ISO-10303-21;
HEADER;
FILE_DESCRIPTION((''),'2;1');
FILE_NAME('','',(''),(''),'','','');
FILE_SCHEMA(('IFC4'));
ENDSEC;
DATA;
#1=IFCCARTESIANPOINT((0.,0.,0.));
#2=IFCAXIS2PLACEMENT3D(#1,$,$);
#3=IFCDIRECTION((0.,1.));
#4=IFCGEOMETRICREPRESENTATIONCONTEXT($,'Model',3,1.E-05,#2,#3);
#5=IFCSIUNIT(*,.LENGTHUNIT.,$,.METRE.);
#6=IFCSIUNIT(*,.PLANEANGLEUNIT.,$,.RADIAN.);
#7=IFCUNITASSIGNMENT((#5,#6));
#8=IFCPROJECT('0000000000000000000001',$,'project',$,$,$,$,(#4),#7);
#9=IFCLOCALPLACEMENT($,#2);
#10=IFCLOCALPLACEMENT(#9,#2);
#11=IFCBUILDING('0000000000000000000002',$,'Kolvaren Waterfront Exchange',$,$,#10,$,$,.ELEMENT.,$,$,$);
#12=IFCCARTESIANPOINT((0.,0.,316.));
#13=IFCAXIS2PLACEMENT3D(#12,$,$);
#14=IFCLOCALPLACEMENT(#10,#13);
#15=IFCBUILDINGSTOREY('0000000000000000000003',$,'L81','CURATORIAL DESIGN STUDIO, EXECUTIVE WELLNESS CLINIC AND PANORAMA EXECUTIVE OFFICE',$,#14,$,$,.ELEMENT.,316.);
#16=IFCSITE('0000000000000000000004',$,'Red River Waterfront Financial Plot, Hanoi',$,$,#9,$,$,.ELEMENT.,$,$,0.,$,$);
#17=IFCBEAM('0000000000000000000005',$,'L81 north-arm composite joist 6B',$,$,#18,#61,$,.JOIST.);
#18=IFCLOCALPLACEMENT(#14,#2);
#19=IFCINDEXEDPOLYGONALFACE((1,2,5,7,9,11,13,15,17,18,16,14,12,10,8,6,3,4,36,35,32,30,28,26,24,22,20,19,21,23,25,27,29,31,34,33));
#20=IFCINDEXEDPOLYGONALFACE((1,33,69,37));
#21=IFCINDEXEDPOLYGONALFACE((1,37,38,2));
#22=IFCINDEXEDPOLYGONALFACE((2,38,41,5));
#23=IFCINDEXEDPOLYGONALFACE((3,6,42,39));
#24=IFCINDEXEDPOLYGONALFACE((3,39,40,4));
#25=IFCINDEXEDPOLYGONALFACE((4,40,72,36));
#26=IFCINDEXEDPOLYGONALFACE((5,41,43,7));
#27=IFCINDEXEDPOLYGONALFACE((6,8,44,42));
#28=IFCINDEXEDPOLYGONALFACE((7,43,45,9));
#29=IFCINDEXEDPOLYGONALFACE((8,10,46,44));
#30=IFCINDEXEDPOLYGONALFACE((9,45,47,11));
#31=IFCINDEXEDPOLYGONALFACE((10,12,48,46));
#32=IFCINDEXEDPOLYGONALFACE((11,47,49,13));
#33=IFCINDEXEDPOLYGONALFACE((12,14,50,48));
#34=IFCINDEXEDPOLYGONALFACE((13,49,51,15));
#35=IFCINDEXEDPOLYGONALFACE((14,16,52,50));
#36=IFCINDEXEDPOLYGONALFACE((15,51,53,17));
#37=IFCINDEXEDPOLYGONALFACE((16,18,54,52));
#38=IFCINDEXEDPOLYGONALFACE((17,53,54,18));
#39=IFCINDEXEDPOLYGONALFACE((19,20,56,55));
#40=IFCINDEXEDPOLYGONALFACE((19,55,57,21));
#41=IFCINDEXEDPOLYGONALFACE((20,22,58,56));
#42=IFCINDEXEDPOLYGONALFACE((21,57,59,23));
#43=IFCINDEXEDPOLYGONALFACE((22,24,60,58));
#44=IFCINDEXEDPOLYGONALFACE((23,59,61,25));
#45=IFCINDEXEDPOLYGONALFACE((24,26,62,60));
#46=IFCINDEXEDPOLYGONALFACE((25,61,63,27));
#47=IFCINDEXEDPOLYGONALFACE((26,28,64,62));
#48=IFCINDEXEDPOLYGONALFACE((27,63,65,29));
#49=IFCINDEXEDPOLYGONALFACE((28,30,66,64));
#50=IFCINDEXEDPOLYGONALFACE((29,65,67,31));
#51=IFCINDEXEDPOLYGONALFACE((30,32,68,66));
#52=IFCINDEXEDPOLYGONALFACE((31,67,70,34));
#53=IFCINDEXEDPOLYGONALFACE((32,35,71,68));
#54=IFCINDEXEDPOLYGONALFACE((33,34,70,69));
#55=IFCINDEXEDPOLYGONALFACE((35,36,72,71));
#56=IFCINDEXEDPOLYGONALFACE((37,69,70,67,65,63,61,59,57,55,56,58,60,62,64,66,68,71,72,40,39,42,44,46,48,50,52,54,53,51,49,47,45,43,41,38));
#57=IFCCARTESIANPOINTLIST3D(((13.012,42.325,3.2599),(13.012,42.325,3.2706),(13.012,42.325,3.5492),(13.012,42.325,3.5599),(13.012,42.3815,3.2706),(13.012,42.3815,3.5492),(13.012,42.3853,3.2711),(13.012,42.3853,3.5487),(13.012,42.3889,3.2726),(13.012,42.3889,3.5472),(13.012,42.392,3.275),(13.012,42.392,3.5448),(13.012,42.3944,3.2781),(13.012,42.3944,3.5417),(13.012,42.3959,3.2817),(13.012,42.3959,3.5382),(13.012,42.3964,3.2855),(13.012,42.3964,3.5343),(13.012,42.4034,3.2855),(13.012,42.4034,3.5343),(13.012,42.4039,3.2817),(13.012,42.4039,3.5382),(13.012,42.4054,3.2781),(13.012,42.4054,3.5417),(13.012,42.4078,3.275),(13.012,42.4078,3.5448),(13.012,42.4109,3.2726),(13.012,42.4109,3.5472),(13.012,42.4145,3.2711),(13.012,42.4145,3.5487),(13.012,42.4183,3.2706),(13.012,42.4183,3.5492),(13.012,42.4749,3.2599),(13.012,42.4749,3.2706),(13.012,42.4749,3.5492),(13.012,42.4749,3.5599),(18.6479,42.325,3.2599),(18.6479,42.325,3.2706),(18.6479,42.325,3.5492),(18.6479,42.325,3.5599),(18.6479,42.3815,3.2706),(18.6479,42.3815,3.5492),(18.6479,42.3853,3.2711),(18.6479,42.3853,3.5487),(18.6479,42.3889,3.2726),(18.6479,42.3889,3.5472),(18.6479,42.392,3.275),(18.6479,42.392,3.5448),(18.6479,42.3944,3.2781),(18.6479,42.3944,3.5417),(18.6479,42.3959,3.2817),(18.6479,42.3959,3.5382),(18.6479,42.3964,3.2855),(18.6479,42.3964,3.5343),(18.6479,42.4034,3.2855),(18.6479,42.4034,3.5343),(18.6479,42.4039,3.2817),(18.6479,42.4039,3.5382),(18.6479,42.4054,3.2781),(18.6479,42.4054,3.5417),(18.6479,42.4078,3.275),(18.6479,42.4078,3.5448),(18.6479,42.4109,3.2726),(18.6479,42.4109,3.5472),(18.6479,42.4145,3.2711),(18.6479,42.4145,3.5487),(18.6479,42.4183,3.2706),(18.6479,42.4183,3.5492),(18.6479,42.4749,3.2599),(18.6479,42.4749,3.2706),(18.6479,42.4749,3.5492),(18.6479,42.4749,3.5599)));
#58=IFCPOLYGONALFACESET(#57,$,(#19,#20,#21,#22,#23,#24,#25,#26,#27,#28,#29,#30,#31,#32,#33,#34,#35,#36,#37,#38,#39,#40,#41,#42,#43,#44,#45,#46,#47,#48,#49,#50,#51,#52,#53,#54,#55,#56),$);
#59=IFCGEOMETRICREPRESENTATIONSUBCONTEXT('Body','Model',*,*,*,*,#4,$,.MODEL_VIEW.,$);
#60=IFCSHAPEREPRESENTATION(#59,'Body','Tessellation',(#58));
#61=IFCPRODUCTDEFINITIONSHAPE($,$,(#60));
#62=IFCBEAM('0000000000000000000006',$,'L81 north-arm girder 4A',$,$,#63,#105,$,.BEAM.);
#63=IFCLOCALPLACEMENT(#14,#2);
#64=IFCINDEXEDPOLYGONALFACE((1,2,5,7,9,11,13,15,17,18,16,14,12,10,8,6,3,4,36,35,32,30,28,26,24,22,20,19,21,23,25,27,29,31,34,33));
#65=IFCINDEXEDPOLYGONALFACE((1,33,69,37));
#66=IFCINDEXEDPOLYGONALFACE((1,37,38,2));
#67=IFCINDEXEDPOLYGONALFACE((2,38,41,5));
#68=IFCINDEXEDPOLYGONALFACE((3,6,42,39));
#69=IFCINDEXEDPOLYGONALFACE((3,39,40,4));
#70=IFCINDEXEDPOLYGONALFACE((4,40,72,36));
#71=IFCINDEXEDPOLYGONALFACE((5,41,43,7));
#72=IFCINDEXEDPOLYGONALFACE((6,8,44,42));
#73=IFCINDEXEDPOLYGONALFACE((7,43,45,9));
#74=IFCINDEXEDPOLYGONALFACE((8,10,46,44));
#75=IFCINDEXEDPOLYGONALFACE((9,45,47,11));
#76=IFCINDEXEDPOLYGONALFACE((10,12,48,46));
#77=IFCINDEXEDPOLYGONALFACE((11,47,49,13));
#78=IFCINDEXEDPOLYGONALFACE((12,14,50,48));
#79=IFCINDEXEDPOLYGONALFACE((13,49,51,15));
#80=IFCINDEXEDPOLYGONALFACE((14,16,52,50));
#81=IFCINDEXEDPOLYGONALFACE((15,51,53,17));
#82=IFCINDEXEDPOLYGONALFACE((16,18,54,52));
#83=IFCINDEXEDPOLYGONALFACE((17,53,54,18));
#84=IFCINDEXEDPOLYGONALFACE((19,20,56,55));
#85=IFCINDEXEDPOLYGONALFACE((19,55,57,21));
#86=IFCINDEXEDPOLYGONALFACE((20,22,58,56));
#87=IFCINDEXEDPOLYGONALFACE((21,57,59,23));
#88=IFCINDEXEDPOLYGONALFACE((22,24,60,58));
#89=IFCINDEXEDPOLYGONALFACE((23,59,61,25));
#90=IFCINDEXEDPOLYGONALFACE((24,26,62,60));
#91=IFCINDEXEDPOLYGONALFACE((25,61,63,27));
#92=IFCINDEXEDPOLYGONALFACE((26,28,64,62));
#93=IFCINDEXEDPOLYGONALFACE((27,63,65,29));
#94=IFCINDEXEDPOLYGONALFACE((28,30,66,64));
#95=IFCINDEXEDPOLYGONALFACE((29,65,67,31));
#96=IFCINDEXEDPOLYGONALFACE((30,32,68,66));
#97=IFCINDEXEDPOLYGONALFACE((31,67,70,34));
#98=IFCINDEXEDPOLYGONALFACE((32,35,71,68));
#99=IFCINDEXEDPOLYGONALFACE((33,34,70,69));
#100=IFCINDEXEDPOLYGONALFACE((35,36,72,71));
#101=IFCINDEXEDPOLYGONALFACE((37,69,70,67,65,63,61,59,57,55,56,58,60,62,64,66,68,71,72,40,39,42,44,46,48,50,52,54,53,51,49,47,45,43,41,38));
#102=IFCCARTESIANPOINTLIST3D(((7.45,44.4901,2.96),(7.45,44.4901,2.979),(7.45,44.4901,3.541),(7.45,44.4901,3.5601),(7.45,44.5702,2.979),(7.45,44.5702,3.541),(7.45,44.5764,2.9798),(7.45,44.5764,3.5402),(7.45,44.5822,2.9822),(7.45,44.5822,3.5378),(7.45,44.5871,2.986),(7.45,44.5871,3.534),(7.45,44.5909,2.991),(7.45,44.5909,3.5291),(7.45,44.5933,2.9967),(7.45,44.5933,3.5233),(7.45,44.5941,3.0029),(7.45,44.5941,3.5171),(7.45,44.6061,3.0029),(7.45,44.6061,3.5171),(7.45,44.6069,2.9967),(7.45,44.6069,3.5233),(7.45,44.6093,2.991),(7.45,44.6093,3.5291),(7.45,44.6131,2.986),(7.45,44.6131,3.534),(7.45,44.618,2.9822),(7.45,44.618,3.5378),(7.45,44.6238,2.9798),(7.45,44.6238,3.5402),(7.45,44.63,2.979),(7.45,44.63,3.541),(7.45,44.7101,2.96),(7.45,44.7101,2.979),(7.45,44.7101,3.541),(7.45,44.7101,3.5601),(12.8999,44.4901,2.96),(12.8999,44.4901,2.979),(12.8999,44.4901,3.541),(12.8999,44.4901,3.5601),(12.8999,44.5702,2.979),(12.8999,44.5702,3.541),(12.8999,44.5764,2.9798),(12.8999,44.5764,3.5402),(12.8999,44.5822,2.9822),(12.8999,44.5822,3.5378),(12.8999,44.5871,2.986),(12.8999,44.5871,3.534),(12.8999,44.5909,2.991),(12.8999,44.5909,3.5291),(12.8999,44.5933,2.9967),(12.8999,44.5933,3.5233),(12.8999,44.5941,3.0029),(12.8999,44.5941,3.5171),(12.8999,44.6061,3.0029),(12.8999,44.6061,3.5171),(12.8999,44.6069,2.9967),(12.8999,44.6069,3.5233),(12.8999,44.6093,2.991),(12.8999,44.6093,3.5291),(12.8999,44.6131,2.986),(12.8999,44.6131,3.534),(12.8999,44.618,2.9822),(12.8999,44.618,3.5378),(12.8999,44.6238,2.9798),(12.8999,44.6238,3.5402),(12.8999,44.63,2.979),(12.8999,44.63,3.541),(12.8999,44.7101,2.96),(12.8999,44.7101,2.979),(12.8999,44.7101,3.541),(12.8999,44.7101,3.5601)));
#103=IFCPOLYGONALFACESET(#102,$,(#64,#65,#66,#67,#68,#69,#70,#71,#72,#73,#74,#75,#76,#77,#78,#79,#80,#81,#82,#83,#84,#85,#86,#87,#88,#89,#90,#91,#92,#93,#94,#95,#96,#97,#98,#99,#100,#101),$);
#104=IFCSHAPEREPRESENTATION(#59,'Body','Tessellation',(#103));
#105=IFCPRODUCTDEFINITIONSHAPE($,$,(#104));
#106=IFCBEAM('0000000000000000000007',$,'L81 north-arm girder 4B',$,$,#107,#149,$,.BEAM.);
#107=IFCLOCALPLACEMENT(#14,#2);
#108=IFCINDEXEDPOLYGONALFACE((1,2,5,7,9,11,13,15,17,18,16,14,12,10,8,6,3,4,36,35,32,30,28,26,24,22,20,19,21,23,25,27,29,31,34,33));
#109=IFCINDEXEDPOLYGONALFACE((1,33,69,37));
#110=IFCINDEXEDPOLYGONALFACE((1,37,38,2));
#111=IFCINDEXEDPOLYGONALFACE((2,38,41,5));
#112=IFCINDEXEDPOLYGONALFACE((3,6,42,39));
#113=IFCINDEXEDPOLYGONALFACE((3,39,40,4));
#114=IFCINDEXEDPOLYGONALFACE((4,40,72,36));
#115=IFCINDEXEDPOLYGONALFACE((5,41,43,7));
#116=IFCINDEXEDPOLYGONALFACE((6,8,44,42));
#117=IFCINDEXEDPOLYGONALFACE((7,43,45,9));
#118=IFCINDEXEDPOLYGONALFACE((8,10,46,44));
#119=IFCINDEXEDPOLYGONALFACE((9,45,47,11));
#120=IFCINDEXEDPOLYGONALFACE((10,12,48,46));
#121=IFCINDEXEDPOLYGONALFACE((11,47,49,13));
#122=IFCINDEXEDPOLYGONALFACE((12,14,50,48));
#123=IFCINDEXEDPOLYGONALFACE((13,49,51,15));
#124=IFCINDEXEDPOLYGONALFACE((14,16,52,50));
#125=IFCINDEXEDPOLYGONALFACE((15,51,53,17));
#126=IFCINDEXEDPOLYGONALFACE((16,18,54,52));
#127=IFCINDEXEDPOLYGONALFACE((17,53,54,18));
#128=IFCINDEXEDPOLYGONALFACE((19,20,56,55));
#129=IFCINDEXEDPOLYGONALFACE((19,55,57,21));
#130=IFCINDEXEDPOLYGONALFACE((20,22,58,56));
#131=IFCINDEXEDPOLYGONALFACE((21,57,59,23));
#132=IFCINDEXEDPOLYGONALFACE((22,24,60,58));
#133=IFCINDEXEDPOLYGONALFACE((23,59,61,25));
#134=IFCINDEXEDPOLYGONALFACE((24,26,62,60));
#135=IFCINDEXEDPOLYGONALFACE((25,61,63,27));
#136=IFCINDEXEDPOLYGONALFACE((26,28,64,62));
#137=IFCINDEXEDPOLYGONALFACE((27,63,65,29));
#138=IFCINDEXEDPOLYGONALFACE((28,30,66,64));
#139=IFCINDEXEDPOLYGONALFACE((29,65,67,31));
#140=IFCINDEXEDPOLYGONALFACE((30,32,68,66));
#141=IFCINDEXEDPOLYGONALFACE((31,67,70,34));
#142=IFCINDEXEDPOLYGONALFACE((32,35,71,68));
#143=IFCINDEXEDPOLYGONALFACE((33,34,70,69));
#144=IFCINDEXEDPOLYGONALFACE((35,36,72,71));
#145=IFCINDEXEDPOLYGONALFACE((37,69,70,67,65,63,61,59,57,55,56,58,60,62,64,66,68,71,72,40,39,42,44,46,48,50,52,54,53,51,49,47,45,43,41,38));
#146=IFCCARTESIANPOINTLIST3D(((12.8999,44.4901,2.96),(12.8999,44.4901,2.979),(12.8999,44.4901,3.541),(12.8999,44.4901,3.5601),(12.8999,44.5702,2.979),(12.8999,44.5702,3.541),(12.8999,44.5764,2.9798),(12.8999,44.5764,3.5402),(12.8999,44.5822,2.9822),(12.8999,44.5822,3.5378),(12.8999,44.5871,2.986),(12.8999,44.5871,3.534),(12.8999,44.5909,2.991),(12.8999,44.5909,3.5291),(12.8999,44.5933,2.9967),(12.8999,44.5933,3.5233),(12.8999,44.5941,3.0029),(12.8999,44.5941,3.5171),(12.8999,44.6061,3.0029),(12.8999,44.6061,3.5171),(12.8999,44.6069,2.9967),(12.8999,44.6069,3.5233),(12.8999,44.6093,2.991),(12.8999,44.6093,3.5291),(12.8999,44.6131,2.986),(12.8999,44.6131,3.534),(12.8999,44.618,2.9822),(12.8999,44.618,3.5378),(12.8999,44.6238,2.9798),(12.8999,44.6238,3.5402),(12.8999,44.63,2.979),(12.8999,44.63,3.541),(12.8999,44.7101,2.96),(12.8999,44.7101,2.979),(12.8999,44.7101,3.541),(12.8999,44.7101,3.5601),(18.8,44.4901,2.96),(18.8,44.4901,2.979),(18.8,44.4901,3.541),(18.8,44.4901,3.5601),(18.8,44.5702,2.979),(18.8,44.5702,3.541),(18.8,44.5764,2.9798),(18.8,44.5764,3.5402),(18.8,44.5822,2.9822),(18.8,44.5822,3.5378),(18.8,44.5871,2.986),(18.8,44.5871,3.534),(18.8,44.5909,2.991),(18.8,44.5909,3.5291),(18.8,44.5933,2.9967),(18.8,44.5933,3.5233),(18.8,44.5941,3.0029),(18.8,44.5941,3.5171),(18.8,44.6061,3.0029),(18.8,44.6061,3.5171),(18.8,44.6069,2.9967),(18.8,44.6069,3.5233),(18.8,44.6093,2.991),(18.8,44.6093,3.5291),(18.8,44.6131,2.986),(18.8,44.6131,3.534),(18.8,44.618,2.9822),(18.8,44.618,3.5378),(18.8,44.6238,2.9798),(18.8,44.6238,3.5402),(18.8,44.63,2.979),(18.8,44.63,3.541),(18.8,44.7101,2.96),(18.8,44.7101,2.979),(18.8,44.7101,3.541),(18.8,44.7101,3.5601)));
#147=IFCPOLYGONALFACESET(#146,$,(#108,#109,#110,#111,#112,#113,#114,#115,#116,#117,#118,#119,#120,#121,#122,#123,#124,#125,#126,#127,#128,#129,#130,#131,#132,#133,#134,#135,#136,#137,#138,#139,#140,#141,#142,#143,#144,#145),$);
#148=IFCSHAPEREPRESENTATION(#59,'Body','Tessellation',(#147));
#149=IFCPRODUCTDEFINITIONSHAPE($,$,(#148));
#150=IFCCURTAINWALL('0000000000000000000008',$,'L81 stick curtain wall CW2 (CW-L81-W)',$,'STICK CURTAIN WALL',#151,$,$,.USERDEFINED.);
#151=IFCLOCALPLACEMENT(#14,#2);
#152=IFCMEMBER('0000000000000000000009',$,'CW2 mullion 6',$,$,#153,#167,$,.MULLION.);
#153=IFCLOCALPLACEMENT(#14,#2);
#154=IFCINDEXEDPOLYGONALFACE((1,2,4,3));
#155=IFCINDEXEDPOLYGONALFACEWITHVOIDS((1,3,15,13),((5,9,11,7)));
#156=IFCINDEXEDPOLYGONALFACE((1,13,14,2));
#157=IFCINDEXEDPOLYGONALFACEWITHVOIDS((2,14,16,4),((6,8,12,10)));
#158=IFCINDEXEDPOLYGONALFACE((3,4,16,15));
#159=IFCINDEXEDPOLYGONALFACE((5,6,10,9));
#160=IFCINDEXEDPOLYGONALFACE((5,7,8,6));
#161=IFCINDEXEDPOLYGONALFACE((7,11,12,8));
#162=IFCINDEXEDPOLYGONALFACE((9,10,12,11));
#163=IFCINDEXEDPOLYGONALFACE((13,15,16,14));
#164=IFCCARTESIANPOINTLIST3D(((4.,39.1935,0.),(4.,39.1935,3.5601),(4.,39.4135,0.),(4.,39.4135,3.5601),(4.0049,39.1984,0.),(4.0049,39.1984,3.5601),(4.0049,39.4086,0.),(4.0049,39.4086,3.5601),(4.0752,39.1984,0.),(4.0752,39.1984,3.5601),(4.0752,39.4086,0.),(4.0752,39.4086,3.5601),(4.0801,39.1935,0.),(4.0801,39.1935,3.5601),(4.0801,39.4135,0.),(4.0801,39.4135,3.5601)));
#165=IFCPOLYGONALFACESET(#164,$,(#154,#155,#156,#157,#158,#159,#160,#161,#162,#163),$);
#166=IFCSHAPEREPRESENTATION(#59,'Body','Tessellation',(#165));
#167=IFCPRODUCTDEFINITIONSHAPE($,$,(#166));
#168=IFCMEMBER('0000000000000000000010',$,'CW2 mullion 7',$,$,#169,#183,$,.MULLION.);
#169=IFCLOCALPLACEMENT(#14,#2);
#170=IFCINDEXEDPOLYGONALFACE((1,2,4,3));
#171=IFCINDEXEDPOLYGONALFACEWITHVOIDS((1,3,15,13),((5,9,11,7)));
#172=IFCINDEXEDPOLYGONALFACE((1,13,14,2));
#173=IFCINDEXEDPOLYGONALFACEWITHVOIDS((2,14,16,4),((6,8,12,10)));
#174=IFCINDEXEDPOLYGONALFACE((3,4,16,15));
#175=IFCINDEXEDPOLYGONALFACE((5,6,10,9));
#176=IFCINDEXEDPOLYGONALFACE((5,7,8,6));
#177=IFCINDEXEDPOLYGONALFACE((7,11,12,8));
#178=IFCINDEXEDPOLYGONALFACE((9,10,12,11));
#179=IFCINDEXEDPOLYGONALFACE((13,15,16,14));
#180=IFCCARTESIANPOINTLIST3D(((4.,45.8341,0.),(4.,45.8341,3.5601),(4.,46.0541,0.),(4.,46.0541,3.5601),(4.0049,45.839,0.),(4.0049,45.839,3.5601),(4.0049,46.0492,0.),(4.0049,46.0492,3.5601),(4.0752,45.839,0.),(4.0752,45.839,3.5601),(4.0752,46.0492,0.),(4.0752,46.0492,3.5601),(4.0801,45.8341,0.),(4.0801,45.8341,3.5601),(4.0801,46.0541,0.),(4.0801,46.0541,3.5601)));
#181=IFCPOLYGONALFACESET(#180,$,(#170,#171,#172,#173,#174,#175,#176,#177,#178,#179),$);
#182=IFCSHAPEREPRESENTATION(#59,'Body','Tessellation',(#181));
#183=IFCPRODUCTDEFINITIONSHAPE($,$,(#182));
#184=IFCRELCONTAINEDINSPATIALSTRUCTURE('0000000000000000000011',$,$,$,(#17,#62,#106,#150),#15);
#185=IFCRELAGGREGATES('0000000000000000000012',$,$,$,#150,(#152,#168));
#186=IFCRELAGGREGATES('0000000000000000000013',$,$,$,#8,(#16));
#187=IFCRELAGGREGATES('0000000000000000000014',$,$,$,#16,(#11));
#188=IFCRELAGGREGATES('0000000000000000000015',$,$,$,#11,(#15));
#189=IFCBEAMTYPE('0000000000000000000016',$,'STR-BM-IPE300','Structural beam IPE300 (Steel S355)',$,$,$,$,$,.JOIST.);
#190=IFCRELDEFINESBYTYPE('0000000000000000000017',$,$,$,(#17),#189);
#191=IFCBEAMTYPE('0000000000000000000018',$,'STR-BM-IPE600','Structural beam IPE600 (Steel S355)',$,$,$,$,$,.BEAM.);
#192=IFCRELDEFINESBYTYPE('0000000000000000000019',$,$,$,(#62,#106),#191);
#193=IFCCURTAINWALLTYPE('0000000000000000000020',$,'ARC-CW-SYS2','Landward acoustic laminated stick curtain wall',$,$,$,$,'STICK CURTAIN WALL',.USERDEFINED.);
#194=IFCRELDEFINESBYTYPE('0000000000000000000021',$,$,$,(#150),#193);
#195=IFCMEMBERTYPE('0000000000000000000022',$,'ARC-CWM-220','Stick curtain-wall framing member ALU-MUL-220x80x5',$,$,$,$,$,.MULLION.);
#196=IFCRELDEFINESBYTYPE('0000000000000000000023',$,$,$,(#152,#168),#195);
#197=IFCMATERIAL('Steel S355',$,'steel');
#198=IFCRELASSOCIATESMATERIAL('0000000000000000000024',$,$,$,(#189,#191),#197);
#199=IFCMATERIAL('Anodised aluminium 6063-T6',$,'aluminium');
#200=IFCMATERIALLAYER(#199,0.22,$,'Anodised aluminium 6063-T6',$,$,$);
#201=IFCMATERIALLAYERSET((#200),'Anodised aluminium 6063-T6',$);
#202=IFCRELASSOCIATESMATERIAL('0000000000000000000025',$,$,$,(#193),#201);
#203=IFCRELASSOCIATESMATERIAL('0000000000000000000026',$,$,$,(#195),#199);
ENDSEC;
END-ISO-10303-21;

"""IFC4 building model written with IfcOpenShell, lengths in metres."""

from ifc_helpers import new_model, si_unit, direction, frame, origin, origin_with_axes, origin_2d, place, context, subcontext, project, spatial, hollow_rectangle, i_section, extrude, source, transform, mapped, material, layer, layer_set, material_profile, profile_set, type_object, element, aggregate, save


model = new_model("IFC4")

# Units and contexts
model_context = context("Model", 3, precision=1e-05, world=origin(), true_north=direction((0.0, 1.0)))
body_context = subcontext(model_context, "Body", "Model", "MODEL_VIEW")
ifc_project = project(units=[si_unit("LENGTHUNIT", "METRE"), si_unit("PLANEANGLEUNIT", "RADIAN")], contexts=[model_context])

# Site, building, storey
site_placement = place(None, origin())
site = spatial("IfcSite", under=ifc_project, at=site_placement, Name="Red River Waterfront Financial Plot, Hanoi", CompositionType="ELEMENT", RefElevation=0.0)
building_placement = place(site_placement, origin())
building = spatial("IfcBuilding", under=site, at=building_placement, Name="Kolvaren Waterfront Exchange", CompositionType="ELEMENT")
storey_placement = place(building_placement, frame((0.0, 0.0, 316.0)))
storey = spatial("IfcBuildingStorey", under=building, at=storey_placement, Name="L81", Description="CURATORIAL DESIGN STUDIO, EXECUTIVE WELLNESS CLINIC AND PANORAMA EXECUTIVE OFFICE", CompositionType="ELEMENT", Elevation=316.0)

# Beams
ifc_material_1 = material(Name="Steel S355", Category="steel")
ifc_material_profile_1 = material_profile(ifc_material_1, i_section(OverallWidth=0.1499, OverallDepth=0.3, WebThickness=0.0071, FlangeThickness=0.0107, FilletRadius=0.0149, at=origin_2d()), Name="IPE300")
ifc_profile_set_1 = profile_set([ifc_material_profile_1], Name="Steel S355")
beam_type_1 = type_object("IfcBeamType", Name="STR-BM-IPE300", Description="Structural beam IPE300 (Steel S355)", PredefinedType="JOIST", material=ifc_profile_set_1)
beam_1_placement = place(storey_placement, frame((13.012, 42.3999, 3.4099), z_axis=(1.0, 0.0, 0.0), x_axis=(0.0, 1.0, 0.0)))
element("IfcBeam", 1, at=beam_1_placement, inside=storey, type_object=beam_type_1, Name="L81 north-arm composite joist 6B", PredefinedType="JOIST", context=body_context, shape_type="SweptSolid", body=[
    extrude(i_section(OverallWidth=0.1499, OverallDepth=0.3, WebThickness=0.0071, FlangeThickness=0.0107, FilletRadius=0.0149, at=origin_2d()), origin(), (0.0, 0.0, 1.0), 5.636),
])
ifc_material_profile_2 = material_profile(ifc_material_1, i_section(OverallWidth=0.22, OverallDepth=0.6001, WebThickness=0.012, FlangeThickness=0.019, FilletRadius=0.0239, at=origin_2d()), Name="IPE600")
ifc_profile_set_2 = profile_set([ifc_material_profile_2], Name="Steel S355")
beam_type_2 = type_object("IfcBeamType", Name="STR-BM-IPE600", Description="Structural beam IPE600 (Steel S355)", PredefinedType="BEAM", material=ifc_profile_set_2)
beam_2_placement = place(storey_placement, frame((7.45, 44.6001, 3.26), z_axis=(1.0, 0.0, 0.0), x_axis=(0.0, 1.0, 0.0)))
element("IfcBeam", 2, at=beam_2_placement, inside=storey, type_object=beam_type_2, Name="L81 north-arm girder 4A", PredefinedType="BEAM", context=body_context, shape_type="SweptSolid", body=[
    extrude(i_section(OverallWidth=0.22, OverallDepth=0.6001, WebThickness=0.012, FlangeThickness=0.019, FilletRadius=0.0239, at=origin_2d()), origin(), (0.0, 0.0, 1.0), 5.45),
])
beam_3_placement = place(storey_placement, frame((12.8999, 44.6001, 3.26), z_axis=(1.0, 0.0, 0.0), x_axis=(0.0, 1.0, 0.0)))
element("IfcBeam", 3, at=beam_3_placement, inside=storey, type_object=beam_type_2, Name="L81 north-arm girder 4B", PredefinedType="BEAM", context=body_context, shape_type="SweptSolid", body=[
    extrude(i_section(OverallWidth=0.22, OverallDepth=0.6001, WebThickness=0.012, FlangeThickness=0.019, FilletRadius=0.0239, at=origin_2d()), origin(), (0.0, 0.0, 1.0), 5.9001),
])

# Curtain wall, members
ifc_material_2 = material(Name="Anodised aluminium 6063-T6", Category="aluminium")
ifc_layer_1 = layer(ifc_material_2, 0.22, Name="Anodised aluminium 6063-T6")
ifc_layer_set_1 = layer_set([ifc_layer_1], Name="Anodised aluminium 6063-T6")
curtain_wall_type = type_object("IfcCurtainWallType", Name="ARC-CW-SYS2", Description="Landward acoustic laminated stick curtain wall", ElementType="STICK CURTAIN WALL", PredefinedType="USERDEFINED", material=ifc_layer_set_1)
curtain_wall_placement = place(storey_placement, origin())
curtain_wall = element("IfcCurtainWall", 4, at=curtain_wall_placement, inside=storey, type_object=curtain_wall_type, Name="L81 stick curtain wall CW2 (CW-L81-W)", ObjectType="STICK CURTAIN WALL", PredefinedType="USERDEFINED")
ifc_material_profile_3 = material_profile(ifc_material_2, hollow_rectangle(XDim=0.0801, YDim=0.22, WallThickness=0.0049, at=origin_2d()), Name="ALU-MUL-220x80x5")
ifc_profile_set_3 = profile_set([ifc_material_profile_3], Name="Anodised aluminium 6063-T6")
member_type_1 = type_object("IfcMemberType", Name="ARC-CWM-220", Description="Stick curtain-wall framing member ALU-MUL-220x80x5", PredefinedType="MULLION", material=ifc_profile_set_3)
shared_shape_1 = source(origin_with_axes(), body_context, "Body", "SweptSolid", [
    extrude(hollow_rectangle(XDim=0.0801, YDim=0.22, WallThickness=0.0049, at=origin_2d()), origin(), (0.0, 0.0, 1.0), 3.5601),
])
member_1_placement = place(storey_placement, frame((4.04, 39.3035, 0.0), z_axis=(0.0, 0.0, 1.0), x_axis=(-1.0, 0.0, 0.0)))
member_1 = element("IfcMember", 5, at=member_1_placement, type_object=member_type_1, Name="CW2 mullion 6", PredefinedType="MULLION", context=body_context, shape_type="MappedRepresentation", body=[
    mapped(shared_shape_1, transform((0.0, 0.0, 0.0), x_axis=(1.0, 0.0, 0.0), y_axis=(0.0, 1.0, 0.0), z_axis=(0.0, 0.0, 1.0), scale=1.0)),
])
member_2_placement = place(storey_placement, frame((4.04, 45.9441, 0.0), z_axis=(0.0, 0.0, 1.0), x_axis=(-1.0, 0.0, 0.0)))
member_2 = element("IfcMember", 6, at=member_2_placement, type_object=member_type_1, Name="CW2 mullion 7", PredefinedType="MULLION", context=body_context, shape_type="MappedRepresentation", body=[
    mapped(shared_shape_1, transform((0.0, 0.0, 0.0), x_axis=(1.0, 0.0, 0.0), y_axis=(0.0, 1.0, 0.0), z_axis=(0.0, 0.0, 1.0), scale=1.0)),
])
aggregate(curtain_wall, [member_1, member_2])

save(model, "model.ifc")
